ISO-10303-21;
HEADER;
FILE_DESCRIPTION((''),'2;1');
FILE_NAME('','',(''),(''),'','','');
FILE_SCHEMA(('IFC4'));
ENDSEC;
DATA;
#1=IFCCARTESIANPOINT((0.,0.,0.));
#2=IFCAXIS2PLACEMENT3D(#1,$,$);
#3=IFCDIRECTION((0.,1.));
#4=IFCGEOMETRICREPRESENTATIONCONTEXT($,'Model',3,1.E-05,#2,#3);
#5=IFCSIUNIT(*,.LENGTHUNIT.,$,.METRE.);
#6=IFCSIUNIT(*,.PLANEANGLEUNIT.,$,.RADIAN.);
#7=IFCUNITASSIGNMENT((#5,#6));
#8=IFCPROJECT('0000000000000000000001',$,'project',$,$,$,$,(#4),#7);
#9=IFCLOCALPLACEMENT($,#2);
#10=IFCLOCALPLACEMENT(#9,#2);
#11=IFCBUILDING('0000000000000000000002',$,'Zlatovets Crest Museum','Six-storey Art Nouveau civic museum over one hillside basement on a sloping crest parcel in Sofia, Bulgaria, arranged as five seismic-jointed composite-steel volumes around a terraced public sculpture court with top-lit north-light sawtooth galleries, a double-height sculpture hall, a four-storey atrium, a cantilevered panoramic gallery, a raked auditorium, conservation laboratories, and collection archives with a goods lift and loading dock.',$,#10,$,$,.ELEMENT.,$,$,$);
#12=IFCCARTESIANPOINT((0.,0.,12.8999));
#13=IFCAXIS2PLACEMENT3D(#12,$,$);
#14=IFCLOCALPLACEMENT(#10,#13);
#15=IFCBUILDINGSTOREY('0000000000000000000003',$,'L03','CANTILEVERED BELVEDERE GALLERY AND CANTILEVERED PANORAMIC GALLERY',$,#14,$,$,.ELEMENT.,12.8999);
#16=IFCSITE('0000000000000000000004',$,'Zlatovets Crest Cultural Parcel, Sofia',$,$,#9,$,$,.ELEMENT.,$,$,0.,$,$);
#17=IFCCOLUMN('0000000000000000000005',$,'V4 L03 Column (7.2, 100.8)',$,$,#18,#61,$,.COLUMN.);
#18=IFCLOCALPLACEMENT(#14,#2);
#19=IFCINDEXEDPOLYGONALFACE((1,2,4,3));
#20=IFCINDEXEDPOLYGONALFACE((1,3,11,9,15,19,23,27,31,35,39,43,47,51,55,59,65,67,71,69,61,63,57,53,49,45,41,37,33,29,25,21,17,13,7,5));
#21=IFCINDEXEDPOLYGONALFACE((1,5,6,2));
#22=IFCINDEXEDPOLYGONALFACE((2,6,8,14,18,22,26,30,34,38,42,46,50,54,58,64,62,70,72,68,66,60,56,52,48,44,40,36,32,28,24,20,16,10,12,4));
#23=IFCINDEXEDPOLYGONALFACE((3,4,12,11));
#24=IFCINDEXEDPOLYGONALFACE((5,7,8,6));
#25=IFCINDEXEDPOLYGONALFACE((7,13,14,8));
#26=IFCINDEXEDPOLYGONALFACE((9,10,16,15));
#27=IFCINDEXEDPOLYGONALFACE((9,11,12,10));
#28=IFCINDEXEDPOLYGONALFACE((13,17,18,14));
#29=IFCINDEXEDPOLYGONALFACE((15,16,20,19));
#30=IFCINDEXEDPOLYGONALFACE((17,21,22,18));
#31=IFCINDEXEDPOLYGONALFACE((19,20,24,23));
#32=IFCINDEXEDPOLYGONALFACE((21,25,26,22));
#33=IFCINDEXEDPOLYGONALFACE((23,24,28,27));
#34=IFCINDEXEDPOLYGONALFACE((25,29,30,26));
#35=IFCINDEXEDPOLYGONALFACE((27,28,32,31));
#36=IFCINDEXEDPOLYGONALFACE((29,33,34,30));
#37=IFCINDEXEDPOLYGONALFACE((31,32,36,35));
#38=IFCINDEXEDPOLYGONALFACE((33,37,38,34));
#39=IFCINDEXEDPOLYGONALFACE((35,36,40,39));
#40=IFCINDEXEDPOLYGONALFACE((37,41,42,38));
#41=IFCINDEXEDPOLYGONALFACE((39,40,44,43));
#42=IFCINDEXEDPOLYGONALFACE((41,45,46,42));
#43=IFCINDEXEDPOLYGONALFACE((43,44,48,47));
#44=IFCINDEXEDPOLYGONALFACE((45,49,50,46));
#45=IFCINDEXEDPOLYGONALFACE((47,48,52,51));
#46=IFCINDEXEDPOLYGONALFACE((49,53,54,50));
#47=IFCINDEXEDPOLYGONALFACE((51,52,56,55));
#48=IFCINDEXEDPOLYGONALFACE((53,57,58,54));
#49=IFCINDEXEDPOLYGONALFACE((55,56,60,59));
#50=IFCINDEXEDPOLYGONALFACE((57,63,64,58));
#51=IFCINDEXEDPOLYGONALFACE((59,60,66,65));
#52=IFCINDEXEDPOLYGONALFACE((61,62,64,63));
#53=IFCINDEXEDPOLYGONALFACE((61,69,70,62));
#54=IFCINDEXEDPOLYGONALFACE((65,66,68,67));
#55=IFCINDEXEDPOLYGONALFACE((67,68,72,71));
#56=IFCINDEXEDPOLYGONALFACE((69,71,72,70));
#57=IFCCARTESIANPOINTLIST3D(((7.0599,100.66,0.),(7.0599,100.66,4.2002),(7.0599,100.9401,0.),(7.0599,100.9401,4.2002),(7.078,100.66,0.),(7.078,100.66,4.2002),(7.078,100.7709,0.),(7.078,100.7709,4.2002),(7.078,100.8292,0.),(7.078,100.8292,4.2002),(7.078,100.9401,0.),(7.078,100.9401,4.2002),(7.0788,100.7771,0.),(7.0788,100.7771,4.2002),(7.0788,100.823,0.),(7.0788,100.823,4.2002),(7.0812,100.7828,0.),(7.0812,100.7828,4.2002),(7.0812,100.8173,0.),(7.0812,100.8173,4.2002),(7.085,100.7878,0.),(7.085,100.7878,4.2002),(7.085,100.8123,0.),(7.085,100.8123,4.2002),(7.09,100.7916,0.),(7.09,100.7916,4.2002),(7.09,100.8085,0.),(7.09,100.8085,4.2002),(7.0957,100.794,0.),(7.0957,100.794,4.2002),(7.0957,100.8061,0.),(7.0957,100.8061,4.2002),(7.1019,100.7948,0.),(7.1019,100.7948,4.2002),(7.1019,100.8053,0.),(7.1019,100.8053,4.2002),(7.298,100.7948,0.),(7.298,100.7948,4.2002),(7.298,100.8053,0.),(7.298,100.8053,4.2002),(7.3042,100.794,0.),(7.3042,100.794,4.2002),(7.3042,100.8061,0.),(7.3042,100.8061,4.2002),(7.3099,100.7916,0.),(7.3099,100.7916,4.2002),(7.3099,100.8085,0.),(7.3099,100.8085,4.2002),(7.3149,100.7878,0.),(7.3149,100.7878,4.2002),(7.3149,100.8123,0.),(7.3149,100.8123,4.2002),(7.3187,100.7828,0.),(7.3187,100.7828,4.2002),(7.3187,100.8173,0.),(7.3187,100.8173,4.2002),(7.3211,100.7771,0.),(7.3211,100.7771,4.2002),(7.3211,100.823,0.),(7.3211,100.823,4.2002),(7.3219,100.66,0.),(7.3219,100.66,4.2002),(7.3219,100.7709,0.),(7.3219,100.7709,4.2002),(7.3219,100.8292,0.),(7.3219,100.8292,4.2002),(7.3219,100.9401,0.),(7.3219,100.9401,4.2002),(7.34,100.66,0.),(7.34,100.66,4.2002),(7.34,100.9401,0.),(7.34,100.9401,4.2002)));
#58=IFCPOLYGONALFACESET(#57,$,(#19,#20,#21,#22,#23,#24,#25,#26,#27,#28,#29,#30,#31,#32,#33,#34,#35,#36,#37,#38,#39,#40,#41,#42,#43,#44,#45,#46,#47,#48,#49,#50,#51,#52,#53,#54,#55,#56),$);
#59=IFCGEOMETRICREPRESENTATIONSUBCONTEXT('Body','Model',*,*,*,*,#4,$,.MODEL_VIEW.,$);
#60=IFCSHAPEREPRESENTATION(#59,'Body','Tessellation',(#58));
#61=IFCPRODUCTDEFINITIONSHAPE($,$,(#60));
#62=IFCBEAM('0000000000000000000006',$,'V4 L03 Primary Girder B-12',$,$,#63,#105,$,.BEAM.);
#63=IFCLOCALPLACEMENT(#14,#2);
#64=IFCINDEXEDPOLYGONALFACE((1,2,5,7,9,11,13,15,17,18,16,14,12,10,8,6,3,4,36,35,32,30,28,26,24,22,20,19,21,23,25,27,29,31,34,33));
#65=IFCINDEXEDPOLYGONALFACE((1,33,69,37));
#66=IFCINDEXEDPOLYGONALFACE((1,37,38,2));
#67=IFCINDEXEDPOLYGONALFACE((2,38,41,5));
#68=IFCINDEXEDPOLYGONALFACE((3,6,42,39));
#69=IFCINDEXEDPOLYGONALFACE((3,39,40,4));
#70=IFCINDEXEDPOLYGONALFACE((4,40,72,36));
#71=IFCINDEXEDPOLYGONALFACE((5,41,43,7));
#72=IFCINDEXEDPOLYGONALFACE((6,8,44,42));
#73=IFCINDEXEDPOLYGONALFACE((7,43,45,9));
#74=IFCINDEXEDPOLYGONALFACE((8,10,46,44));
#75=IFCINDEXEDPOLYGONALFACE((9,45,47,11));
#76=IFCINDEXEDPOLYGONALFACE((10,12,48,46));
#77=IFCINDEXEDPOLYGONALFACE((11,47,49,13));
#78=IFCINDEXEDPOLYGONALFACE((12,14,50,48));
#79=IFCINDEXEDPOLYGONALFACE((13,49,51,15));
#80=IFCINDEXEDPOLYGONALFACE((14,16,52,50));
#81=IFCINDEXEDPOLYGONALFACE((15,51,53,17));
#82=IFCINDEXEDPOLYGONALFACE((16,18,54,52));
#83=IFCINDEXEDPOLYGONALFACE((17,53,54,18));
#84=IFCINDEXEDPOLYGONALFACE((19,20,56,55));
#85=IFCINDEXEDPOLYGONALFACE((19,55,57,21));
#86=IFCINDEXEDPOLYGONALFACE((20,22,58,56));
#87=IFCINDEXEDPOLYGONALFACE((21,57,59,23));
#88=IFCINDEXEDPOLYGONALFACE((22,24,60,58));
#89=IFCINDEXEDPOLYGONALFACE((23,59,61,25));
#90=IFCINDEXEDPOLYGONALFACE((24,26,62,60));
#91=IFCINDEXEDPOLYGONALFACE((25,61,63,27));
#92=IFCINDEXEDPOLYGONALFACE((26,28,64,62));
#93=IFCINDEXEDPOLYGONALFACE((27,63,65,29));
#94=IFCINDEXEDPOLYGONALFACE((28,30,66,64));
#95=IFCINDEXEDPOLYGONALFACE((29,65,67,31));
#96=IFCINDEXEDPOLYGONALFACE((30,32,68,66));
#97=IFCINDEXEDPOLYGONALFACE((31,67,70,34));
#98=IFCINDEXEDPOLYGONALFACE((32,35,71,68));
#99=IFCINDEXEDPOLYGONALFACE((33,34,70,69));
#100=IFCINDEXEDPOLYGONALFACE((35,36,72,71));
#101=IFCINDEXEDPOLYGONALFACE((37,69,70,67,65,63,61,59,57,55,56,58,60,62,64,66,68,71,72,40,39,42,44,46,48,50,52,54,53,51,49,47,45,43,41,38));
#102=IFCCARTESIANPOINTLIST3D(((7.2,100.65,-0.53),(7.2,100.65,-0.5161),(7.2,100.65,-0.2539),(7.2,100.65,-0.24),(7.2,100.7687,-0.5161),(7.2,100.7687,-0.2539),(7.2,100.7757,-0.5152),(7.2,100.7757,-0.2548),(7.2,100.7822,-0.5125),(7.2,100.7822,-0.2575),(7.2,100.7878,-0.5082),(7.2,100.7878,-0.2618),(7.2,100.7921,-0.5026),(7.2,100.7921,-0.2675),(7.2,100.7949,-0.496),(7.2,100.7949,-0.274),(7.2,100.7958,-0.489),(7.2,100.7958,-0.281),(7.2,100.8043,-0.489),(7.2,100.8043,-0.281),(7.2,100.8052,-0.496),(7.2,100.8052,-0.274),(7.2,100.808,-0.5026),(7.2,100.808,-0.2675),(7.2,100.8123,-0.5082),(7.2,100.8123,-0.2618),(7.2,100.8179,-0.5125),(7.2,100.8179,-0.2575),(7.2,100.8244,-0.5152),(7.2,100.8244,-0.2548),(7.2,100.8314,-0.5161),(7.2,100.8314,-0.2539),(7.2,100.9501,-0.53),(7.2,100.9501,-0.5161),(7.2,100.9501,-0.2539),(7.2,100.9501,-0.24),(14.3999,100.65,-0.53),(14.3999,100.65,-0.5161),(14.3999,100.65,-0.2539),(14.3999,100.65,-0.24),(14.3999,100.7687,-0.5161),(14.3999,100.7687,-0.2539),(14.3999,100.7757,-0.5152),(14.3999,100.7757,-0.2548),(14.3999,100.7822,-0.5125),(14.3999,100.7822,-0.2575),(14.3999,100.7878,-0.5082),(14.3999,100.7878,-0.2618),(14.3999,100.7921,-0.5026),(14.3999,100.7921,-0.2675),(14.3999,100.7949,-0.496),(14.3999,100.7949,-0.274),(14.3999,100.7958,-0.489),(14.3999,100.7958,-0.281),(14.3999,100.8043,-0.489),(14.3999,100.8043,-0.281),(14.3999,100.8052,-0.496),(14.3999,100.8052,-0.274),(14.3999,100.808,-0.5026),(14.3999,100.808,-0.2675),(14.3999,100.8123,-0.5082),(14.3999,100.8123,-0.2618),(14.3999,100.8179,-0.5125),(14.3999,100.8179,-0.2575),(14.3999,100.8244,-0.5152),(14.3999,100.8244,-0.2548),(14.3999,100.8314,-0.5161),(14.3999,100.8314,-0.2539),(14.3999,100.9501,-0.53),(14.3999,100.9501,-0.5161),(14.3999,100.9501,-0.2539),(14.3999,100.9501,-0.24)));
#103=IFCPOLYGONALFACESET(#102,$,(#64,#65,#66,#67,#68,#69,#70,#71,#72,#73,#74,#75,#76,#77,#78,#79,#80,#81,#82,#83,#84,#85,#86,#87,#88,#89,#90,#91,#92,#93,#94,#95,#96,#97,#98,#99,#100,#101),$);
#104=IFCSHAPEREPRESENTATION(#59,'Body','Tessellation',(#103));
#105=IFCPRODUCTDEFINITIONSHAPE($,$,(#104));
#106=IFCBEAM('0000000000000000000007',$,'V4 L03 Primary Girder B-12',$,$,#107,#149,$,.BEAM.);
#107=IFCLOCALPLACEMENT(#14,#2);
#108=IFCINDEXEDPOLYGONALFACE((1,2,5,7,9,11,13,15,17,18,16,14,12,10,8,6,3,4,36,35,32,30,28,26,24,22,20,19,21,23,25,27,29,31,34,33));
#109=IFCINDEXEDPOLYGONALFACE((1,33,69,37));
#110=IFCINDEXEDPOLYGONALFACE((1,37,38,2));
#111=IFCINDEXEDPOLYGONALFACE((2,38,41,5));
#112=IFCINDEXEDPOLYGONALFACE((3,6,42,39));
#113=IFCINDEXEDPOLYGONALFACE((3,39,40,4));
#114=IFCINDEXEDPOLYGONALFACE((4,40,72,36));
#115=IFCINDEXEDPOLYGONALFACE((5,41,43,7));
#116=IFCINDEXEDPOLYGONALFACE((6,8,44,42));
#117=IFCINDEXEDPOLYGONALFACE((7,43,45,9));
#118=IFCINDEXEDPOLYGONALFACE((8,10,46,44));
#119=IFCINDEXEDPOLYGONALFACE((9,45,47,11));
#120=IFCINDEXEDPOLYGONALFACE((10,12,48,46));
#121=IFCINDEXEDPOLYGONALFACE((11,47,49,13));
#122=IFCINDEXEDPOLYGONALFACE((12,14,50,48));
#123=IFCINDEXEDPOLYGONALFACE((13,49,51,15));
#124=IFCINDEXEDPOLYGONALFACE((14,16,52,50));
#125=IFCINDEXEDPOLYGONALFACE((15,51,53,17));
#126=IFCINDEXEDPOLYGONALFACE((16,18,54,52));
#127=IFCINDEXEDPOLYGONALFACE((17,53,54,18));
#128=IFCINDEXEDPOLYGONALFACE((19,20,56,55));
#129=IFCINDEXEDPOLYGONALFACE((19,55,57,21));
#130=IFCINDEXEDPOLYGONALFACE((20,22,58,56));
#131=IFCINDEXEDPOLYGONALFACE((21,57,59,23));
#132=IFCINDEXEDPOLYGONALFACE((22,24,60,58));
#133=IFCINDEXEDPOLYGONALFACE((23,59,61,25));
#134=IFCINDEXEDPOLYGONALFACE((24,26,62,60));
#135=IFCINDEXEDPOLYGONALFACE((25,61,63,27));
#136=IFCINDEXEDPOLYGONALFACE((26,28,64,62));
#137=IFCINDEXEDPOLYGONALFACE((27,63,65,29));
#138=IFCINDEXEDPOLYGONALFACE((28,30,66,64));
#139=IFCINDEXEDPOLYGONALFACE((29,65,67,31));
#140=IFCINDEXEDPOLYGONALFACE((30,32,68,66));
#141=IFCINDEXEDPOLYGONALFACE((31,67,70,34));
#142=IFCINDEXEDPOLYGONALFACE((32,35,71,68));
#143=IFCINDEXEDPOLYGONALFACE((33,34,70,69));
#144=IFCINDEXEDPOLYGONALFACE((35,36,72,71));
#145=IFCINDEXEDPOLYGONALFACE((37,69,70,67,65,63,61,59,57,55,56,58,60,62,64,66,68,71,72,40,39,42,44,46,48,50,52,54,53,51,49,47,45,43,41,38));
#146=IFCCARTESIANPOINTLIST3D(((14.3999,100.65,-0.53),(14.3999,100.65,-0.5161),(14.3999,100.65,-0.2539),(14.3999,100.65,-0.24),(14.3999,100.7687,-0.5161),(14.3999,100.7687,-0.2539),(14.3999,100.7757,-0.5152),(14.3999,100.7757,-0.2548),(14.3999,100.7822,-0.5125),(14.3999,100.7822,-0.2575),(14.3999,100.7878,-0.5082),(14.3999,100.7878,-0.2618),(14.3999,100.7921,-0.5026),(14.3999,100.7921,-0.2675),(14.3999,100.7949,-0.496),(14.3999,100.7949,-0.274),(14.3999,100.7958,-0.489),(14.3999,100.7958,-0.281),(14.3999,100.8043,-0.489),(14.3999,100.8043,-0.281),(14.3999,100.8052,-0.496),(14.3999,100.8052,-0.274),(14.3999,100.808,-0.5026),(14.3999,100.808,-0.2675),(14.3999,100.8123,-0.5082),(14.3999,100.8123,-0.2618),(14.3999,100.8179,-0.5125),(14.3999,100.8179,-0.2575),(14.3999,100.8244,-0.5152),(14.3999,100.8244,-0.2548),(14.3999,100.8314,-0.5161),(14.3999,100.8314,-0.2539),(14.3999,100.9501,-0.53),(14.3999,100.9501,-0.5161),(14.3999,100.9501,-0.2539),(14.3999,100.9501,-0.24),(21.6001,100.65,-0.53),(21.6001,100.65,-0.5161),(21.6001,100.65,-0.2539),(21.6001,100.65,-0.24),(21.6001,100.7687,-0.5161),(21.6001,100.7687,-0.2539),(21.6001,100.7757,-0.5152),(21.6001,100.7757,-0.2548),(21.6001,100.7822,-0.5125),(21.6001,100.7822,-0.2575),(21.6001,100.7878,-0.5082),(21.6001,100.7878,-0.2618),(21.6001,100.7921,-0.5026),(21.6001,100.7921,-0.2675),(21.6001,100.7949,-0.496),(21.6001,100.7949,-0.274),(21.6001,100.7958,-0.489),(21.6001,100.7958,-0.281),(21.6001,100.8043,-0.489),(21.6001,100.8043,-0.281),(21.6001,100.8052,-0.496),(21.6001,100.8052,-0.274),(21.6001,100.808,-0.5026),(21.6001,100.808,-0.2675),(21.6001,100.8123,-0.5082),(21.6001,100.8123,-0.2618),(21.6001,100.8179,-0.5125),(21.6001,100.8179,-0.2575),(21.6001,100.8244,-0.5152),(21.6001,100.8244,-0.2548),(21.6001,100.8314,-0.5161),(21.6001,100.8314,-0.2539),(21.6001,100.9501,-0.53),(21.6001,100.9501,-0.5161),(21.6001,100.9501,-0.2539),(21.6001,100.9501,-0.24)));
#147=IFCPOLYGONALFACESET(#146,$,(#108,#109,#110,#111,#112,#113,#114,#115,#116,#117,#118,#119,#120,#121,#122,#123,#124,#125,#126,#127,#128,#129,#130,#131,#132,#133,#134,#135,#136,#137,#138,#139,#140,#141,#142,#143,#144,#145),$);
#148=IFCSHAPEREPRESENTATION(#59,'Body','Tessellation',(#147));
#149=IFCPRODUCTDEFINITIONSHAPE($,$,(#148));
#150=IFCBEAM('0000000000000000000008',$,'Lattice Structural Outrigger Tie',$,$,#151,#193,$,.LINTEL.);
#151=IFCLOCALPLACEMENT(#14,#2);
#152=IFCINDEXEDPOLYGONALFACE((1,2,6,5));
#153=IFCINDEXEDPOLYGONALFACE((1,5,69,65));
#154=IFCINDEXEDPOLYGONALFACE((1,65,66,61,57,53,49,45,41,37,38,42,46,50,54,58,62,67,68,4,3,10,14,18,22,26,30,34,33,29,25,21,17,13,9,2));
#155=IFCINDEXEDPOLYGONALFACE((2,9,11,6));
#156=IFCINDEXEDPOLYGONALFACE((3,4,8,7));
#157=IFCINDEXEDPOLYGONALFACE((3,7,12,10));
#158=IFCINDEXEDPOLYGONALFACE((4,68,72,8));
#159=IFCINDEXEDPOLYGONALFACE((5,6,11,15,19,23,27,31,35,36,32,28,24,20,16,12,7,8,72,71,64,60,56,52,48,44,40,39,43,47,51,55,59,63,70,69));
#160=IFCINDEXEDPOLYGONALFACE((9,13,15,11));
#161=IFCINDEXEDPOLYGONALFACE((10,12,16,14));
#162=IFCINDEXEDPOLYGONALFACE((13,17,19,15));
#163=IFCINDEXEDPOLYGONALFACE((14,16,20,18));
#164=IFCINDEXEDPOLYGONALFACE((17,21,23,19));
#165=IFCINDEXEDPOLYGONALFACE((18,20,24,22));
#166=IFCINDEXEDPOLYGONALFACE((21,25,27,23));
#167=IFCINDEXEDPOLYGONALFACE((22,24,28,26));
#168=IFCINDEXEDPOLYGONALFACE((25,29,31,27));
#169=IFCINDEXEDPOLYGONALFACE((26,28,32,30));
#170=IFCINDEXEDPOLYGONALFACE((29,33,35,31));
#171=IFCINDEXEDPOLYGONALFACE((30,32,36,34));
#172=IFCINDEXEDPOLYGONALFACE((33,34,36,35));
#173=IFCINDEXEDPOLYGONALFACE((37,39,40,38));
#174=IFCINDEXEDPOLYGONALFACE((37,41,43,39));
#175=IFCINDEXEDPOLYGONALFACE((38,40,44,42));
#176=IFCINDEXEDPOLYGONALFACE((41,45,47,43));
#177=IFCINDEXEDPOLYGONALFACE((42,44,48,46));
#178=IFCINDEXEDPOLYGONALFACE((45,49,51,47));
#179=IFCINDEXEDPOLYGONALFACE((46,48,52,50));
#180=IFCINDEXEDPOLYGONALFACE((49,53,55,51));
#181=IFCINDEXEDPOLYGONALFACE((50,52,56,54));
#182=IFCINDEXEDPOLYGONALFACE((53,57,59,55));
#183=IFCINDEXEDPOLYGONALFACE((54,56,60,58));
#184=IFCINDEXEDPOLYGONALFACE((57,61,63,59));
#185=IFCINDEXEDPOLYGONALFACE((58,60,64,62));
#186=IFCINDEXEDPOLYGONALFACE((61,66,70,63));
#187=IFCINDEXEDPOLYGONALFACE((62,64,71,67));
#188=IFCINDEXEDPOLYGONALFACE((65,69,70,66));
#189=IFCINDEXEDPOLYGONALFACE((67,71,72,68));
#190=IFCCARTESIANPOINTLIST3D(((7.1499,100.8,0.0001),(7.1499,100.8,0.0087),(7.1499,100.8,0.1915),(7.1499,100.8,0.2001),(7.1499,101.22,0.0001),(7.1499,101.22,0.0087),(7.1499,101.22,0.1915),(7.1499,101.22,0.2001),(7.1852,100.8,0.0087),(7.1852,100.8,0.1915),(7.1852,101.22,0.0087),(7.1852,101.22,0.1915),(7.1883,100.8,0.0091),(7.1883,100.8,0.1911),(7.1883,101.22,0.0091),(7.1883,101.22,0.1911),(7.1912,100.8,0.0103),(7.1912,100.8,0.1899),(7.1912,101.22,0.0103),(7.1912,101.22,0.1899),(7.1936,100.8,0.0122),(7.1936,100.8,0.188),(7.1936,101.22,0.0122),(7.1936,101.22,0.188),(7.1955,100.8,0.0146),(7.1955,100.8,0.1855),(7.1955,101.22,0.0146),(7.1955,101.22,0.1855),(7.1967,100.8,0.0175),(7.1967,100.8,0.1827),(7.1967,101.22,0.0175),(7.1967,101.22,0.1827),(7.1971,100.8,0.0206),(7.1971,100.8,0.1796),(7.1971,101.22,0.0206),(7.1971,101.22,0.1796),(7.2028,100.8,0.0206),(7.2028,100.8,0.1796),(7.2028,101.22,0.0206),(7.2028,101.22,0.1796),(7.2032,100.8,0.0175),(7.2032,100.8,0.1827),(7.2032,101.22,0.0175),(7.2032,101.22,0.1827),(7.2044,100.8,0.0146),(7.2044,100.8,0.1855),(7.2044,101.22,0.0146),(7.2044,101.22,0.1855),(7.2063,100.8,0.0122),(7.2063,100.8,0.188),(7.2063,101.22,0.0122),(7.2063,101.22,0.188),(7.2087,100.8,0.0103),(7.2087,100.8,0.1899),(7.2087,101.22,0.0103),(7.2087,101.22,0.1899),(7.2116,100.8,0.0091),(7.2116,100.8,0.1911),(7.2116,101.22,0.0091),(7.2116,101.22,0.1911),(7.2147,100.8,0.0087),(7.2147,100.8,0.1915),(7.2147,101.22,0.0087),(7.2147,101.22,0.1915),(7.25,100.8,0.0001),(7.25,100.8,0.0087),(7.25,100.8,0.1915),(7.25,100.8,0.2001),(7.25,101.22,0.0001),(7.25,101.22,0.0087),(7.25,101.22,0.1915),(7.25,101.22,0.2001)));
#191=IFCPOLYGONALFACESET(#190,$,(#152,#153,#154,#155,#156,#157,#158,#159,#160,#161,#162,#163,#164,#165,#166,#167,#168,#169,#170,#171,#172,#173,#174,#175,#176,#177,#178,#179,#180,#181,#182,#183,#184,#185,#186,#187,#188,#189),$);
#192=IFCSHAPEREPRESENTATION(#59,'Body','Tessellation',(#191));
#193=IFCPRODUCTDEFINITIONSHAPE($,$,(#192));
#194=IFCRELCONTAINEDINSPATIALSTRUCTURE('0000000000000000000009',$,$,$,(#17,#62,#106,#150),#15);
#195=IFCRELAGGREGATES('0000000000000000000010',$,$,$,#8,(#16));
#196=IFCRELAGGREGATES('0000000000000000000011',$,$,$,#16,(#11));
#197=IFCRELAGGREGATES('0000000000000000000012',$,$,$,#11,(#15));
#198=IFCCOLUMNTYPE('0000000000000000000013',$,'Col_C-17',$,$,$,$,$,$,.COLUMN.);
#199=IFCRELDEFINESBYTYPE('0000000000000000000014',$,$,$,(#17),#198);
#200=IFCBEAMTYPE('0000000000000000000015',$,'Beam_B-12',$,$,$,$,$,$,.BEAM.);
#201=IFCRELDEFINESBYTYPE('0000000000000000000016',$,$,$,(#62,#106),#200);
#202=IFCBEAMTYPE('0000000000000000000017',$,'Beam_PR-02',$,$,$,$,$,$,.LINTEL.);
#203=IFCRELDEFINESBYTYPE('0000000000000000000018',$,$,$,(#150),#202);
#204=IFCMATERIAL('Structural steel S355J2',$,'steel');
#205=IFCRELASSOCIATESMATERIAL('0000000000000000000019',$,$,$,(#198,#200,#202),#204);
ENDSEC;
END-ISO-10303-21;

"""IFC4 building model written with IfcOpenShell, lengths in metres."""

from ifc_helpers import new_model, si_unit, direction, frame, origin, origin_2d, place, context, subcontext, project, spatial, i_section, extrude, material, material_profile, profile_set, type_object, element, save


model = new_model("IFC4")

# Units and contexts
model_context = context("Model", 3, precision=1e-05, world=origin(), true_north=direction((0.0, 1.0)))
body_context = subcontext(model_context, "Body", "Model", "MODEL_VIEW")
ifc_project = project(units=[si_unit("LENGTHUNIT", "METRE"), si_unit("PLANEANGLEUNIT", "RADIAN")], contexts=[model_context])

# Site, building, storey
site_placement = place(None, origin())
site = spatial("IfcSite", under=ifc_project, at=site_placement, Name="Zlatovets Crest Cultural Parcel, Sofia", CompositionType="ELEMENT", RefElevation=0.0)
building_placement = place(site_placement, origin())
building = spatial("IfcBuilding", under=site, at=building_placement, Name="Zlatovets Crest Museum", Description="Six-storey Art Nouveau civic museum over one hillside basement on a sloping crest parcel in Sofia, Bulgaria, arranged as five seismic-jointed composite-steel volumes around a terraced public sculpture court with top-lit north-light sawtooth galleries, a double-height sculpture hall, a four-storey atrium, a cantilevered panoramic gallery, a raked auditorium, conservation laboratories, and collection archives with a goods lift and loading dock.", CompositionType="ELEMENT")
storey_placement = place(building_placement, frame((0.0, 0.0, 12.8999)))
storey = spatial("IfcBuildingStorey", under=building, at=storey_placement, Name="L03", Description="CANTILEVERED BELVEDERE GALLERY AND CANTILEVERED PANORAMIC GALLERY", CompositionType="ELEMENT", Elevation=12.8999)

# Column
ifc_material_1 = material(Name="Structural steel S355J2", Category="steel")
ifc_material_profile_1 = material_profile(ifc_material_1, i_section(OverallWidth=0.28, OverallDepth=0.28, WebThickness=0.0105, FlangeThickness=0.0181, FilletRadius=0.0239, at=origin_2d()), Name="HEB 280")
ifc_profile_set_1 = profile_set([ifc_material_profile_1], Name="Structural steel S355J2")
column_type = type_object("IfcColumnType", Name="Col_C-17", PredefinedType="COLUMN", material=ifc_profile_set_1)
column_placement = place(storey_placement, frame((7.2, 100.8, 0.0), z_axis=(0.0, 0.0, 1.0), x_axis=(0.0, 1.0, 0.0)))
element("IfcColumn", 1, at=column_placement, inside=storey, type_object=column_type, Name="V4 L03 Column (7.2, 100.8)", PredefinedType="COLUMN", context=body_context, shape_type="SweptSolid", body=[
    extrude(i_section(OverallWidth=0.28, OverallDepth=0.28, WebThickness=0.0105, FlangeThickness=0.0181, FilletRadius=0.0239, at=origin_2d()), origin(), (0.0, 0.0, 1.0), 4.2002),
])

# Beams
ifc_material_profile_2 = material_profile(ifc_material_1, i_section(OverallWidth=0.3, OverallDepth=0.29, WebThickness=0.0085, FlangeThickness=0.0139, FilletRadius=0.0271, at=origin_2d()), Name="HEA 300")
ifc_profile_set_2 = profile_set([ifc_material_profile_2], Name="Structural steel S355J2")
beam_type_1 = type_object("IfcBeamType", Name="Beam_B-12", PredefinedType="BEAM", material=ifc_profile_set_2)
beam_1_placement = place(storey_placement, frame((7.2, 100.8, -0.385), z_axis=(1.0, 0.0, 0.0), x_axis=(0.0, 1.0, 0.0)))
element("IfcBeam", 2, at=beam_1_placement, inside=storey, type_object=beam_type_1, Name="V4 L03 Primary Girder B-12", PredefinedType="BEAM", context=body_context, shape_type="SweptSolid", body=[
    extrude(i_section(OverallWidth=0.3, OverallDepth=0.29, WebThickness=0.0085, FlangeThickness=0.0139, FilletRadius=0.0271, at=origin_2d()), origin(), (0.0, 0.0, 1.0), 7.2),
])
beam_2_placement = place(storey_placement, frame((14.3999, 100.8, -0.385), z_axis=(1.0, 0.0, 0.0), x_axis=(0.0, 1.0, 0.0)))
element("IfcBeam", 3, at=beam_2_placement, inside=storey, type_object=beam_type_1, Name="V4 L03 Primary Girder B-12", PredefinedType="BEAM", context=body_context, shape_type="SweptSolid", body=[
    extrude(i_section(OverallWidth=0.3, OverallDepth=0.29, WebThickness=0.0085, FlangeThickness=0.0139, FilletRadius=0.0271, at=origin_2d()), origin(), (0.0, 0.0, 1.0), 7.2002),
])
ifc_material_profile_3 = material_profile(ifc_material_1, i_section(OverallWidth=0.1001, OverallDepth=0.2, WebThickness=0.0056, FlangeThickness=0.0085, FilletRadius=0.012, at=origin_2d()), Name="IPE 200")
ifc_profile_set_3 = profile_set([ifc_material_profile_3], Name="Structural steel S355J2")
beam_type_2 = type_object("IfcBeamType", Name="Beam_PR-02", PredefinedType="LINTEL", material=ifc_profile_set_3)
for number, where, z_axis, x_axis, name in (
    (4, (7.2, 100.8, 0.1001), (0.0, 1.0, 0.0), (-1.0, 0.0, 0.0), "Lattice Structural Outrigger Tie"),
):
    element("IfcBeam", number, at=place(storey_placement, frame(where, z_axis=z_axis, x_axis=x_axis)), inside=storey, type_object=beam_type_2, Name=name, PredefinedType="LINTEL", context=body_context, shape_type="SweptSolid", body=[
        extrude(i_section(OverallWidth=0.1001, OverallDepth=0.2, WebThickness=0.0056, FlangeThickness=0.0085, FilletRadius=0.012, at=origin_2d()), origin(), (0.0, 0.0, 1.0), 0.4199),
    ])

save(model, "model.ifc")
